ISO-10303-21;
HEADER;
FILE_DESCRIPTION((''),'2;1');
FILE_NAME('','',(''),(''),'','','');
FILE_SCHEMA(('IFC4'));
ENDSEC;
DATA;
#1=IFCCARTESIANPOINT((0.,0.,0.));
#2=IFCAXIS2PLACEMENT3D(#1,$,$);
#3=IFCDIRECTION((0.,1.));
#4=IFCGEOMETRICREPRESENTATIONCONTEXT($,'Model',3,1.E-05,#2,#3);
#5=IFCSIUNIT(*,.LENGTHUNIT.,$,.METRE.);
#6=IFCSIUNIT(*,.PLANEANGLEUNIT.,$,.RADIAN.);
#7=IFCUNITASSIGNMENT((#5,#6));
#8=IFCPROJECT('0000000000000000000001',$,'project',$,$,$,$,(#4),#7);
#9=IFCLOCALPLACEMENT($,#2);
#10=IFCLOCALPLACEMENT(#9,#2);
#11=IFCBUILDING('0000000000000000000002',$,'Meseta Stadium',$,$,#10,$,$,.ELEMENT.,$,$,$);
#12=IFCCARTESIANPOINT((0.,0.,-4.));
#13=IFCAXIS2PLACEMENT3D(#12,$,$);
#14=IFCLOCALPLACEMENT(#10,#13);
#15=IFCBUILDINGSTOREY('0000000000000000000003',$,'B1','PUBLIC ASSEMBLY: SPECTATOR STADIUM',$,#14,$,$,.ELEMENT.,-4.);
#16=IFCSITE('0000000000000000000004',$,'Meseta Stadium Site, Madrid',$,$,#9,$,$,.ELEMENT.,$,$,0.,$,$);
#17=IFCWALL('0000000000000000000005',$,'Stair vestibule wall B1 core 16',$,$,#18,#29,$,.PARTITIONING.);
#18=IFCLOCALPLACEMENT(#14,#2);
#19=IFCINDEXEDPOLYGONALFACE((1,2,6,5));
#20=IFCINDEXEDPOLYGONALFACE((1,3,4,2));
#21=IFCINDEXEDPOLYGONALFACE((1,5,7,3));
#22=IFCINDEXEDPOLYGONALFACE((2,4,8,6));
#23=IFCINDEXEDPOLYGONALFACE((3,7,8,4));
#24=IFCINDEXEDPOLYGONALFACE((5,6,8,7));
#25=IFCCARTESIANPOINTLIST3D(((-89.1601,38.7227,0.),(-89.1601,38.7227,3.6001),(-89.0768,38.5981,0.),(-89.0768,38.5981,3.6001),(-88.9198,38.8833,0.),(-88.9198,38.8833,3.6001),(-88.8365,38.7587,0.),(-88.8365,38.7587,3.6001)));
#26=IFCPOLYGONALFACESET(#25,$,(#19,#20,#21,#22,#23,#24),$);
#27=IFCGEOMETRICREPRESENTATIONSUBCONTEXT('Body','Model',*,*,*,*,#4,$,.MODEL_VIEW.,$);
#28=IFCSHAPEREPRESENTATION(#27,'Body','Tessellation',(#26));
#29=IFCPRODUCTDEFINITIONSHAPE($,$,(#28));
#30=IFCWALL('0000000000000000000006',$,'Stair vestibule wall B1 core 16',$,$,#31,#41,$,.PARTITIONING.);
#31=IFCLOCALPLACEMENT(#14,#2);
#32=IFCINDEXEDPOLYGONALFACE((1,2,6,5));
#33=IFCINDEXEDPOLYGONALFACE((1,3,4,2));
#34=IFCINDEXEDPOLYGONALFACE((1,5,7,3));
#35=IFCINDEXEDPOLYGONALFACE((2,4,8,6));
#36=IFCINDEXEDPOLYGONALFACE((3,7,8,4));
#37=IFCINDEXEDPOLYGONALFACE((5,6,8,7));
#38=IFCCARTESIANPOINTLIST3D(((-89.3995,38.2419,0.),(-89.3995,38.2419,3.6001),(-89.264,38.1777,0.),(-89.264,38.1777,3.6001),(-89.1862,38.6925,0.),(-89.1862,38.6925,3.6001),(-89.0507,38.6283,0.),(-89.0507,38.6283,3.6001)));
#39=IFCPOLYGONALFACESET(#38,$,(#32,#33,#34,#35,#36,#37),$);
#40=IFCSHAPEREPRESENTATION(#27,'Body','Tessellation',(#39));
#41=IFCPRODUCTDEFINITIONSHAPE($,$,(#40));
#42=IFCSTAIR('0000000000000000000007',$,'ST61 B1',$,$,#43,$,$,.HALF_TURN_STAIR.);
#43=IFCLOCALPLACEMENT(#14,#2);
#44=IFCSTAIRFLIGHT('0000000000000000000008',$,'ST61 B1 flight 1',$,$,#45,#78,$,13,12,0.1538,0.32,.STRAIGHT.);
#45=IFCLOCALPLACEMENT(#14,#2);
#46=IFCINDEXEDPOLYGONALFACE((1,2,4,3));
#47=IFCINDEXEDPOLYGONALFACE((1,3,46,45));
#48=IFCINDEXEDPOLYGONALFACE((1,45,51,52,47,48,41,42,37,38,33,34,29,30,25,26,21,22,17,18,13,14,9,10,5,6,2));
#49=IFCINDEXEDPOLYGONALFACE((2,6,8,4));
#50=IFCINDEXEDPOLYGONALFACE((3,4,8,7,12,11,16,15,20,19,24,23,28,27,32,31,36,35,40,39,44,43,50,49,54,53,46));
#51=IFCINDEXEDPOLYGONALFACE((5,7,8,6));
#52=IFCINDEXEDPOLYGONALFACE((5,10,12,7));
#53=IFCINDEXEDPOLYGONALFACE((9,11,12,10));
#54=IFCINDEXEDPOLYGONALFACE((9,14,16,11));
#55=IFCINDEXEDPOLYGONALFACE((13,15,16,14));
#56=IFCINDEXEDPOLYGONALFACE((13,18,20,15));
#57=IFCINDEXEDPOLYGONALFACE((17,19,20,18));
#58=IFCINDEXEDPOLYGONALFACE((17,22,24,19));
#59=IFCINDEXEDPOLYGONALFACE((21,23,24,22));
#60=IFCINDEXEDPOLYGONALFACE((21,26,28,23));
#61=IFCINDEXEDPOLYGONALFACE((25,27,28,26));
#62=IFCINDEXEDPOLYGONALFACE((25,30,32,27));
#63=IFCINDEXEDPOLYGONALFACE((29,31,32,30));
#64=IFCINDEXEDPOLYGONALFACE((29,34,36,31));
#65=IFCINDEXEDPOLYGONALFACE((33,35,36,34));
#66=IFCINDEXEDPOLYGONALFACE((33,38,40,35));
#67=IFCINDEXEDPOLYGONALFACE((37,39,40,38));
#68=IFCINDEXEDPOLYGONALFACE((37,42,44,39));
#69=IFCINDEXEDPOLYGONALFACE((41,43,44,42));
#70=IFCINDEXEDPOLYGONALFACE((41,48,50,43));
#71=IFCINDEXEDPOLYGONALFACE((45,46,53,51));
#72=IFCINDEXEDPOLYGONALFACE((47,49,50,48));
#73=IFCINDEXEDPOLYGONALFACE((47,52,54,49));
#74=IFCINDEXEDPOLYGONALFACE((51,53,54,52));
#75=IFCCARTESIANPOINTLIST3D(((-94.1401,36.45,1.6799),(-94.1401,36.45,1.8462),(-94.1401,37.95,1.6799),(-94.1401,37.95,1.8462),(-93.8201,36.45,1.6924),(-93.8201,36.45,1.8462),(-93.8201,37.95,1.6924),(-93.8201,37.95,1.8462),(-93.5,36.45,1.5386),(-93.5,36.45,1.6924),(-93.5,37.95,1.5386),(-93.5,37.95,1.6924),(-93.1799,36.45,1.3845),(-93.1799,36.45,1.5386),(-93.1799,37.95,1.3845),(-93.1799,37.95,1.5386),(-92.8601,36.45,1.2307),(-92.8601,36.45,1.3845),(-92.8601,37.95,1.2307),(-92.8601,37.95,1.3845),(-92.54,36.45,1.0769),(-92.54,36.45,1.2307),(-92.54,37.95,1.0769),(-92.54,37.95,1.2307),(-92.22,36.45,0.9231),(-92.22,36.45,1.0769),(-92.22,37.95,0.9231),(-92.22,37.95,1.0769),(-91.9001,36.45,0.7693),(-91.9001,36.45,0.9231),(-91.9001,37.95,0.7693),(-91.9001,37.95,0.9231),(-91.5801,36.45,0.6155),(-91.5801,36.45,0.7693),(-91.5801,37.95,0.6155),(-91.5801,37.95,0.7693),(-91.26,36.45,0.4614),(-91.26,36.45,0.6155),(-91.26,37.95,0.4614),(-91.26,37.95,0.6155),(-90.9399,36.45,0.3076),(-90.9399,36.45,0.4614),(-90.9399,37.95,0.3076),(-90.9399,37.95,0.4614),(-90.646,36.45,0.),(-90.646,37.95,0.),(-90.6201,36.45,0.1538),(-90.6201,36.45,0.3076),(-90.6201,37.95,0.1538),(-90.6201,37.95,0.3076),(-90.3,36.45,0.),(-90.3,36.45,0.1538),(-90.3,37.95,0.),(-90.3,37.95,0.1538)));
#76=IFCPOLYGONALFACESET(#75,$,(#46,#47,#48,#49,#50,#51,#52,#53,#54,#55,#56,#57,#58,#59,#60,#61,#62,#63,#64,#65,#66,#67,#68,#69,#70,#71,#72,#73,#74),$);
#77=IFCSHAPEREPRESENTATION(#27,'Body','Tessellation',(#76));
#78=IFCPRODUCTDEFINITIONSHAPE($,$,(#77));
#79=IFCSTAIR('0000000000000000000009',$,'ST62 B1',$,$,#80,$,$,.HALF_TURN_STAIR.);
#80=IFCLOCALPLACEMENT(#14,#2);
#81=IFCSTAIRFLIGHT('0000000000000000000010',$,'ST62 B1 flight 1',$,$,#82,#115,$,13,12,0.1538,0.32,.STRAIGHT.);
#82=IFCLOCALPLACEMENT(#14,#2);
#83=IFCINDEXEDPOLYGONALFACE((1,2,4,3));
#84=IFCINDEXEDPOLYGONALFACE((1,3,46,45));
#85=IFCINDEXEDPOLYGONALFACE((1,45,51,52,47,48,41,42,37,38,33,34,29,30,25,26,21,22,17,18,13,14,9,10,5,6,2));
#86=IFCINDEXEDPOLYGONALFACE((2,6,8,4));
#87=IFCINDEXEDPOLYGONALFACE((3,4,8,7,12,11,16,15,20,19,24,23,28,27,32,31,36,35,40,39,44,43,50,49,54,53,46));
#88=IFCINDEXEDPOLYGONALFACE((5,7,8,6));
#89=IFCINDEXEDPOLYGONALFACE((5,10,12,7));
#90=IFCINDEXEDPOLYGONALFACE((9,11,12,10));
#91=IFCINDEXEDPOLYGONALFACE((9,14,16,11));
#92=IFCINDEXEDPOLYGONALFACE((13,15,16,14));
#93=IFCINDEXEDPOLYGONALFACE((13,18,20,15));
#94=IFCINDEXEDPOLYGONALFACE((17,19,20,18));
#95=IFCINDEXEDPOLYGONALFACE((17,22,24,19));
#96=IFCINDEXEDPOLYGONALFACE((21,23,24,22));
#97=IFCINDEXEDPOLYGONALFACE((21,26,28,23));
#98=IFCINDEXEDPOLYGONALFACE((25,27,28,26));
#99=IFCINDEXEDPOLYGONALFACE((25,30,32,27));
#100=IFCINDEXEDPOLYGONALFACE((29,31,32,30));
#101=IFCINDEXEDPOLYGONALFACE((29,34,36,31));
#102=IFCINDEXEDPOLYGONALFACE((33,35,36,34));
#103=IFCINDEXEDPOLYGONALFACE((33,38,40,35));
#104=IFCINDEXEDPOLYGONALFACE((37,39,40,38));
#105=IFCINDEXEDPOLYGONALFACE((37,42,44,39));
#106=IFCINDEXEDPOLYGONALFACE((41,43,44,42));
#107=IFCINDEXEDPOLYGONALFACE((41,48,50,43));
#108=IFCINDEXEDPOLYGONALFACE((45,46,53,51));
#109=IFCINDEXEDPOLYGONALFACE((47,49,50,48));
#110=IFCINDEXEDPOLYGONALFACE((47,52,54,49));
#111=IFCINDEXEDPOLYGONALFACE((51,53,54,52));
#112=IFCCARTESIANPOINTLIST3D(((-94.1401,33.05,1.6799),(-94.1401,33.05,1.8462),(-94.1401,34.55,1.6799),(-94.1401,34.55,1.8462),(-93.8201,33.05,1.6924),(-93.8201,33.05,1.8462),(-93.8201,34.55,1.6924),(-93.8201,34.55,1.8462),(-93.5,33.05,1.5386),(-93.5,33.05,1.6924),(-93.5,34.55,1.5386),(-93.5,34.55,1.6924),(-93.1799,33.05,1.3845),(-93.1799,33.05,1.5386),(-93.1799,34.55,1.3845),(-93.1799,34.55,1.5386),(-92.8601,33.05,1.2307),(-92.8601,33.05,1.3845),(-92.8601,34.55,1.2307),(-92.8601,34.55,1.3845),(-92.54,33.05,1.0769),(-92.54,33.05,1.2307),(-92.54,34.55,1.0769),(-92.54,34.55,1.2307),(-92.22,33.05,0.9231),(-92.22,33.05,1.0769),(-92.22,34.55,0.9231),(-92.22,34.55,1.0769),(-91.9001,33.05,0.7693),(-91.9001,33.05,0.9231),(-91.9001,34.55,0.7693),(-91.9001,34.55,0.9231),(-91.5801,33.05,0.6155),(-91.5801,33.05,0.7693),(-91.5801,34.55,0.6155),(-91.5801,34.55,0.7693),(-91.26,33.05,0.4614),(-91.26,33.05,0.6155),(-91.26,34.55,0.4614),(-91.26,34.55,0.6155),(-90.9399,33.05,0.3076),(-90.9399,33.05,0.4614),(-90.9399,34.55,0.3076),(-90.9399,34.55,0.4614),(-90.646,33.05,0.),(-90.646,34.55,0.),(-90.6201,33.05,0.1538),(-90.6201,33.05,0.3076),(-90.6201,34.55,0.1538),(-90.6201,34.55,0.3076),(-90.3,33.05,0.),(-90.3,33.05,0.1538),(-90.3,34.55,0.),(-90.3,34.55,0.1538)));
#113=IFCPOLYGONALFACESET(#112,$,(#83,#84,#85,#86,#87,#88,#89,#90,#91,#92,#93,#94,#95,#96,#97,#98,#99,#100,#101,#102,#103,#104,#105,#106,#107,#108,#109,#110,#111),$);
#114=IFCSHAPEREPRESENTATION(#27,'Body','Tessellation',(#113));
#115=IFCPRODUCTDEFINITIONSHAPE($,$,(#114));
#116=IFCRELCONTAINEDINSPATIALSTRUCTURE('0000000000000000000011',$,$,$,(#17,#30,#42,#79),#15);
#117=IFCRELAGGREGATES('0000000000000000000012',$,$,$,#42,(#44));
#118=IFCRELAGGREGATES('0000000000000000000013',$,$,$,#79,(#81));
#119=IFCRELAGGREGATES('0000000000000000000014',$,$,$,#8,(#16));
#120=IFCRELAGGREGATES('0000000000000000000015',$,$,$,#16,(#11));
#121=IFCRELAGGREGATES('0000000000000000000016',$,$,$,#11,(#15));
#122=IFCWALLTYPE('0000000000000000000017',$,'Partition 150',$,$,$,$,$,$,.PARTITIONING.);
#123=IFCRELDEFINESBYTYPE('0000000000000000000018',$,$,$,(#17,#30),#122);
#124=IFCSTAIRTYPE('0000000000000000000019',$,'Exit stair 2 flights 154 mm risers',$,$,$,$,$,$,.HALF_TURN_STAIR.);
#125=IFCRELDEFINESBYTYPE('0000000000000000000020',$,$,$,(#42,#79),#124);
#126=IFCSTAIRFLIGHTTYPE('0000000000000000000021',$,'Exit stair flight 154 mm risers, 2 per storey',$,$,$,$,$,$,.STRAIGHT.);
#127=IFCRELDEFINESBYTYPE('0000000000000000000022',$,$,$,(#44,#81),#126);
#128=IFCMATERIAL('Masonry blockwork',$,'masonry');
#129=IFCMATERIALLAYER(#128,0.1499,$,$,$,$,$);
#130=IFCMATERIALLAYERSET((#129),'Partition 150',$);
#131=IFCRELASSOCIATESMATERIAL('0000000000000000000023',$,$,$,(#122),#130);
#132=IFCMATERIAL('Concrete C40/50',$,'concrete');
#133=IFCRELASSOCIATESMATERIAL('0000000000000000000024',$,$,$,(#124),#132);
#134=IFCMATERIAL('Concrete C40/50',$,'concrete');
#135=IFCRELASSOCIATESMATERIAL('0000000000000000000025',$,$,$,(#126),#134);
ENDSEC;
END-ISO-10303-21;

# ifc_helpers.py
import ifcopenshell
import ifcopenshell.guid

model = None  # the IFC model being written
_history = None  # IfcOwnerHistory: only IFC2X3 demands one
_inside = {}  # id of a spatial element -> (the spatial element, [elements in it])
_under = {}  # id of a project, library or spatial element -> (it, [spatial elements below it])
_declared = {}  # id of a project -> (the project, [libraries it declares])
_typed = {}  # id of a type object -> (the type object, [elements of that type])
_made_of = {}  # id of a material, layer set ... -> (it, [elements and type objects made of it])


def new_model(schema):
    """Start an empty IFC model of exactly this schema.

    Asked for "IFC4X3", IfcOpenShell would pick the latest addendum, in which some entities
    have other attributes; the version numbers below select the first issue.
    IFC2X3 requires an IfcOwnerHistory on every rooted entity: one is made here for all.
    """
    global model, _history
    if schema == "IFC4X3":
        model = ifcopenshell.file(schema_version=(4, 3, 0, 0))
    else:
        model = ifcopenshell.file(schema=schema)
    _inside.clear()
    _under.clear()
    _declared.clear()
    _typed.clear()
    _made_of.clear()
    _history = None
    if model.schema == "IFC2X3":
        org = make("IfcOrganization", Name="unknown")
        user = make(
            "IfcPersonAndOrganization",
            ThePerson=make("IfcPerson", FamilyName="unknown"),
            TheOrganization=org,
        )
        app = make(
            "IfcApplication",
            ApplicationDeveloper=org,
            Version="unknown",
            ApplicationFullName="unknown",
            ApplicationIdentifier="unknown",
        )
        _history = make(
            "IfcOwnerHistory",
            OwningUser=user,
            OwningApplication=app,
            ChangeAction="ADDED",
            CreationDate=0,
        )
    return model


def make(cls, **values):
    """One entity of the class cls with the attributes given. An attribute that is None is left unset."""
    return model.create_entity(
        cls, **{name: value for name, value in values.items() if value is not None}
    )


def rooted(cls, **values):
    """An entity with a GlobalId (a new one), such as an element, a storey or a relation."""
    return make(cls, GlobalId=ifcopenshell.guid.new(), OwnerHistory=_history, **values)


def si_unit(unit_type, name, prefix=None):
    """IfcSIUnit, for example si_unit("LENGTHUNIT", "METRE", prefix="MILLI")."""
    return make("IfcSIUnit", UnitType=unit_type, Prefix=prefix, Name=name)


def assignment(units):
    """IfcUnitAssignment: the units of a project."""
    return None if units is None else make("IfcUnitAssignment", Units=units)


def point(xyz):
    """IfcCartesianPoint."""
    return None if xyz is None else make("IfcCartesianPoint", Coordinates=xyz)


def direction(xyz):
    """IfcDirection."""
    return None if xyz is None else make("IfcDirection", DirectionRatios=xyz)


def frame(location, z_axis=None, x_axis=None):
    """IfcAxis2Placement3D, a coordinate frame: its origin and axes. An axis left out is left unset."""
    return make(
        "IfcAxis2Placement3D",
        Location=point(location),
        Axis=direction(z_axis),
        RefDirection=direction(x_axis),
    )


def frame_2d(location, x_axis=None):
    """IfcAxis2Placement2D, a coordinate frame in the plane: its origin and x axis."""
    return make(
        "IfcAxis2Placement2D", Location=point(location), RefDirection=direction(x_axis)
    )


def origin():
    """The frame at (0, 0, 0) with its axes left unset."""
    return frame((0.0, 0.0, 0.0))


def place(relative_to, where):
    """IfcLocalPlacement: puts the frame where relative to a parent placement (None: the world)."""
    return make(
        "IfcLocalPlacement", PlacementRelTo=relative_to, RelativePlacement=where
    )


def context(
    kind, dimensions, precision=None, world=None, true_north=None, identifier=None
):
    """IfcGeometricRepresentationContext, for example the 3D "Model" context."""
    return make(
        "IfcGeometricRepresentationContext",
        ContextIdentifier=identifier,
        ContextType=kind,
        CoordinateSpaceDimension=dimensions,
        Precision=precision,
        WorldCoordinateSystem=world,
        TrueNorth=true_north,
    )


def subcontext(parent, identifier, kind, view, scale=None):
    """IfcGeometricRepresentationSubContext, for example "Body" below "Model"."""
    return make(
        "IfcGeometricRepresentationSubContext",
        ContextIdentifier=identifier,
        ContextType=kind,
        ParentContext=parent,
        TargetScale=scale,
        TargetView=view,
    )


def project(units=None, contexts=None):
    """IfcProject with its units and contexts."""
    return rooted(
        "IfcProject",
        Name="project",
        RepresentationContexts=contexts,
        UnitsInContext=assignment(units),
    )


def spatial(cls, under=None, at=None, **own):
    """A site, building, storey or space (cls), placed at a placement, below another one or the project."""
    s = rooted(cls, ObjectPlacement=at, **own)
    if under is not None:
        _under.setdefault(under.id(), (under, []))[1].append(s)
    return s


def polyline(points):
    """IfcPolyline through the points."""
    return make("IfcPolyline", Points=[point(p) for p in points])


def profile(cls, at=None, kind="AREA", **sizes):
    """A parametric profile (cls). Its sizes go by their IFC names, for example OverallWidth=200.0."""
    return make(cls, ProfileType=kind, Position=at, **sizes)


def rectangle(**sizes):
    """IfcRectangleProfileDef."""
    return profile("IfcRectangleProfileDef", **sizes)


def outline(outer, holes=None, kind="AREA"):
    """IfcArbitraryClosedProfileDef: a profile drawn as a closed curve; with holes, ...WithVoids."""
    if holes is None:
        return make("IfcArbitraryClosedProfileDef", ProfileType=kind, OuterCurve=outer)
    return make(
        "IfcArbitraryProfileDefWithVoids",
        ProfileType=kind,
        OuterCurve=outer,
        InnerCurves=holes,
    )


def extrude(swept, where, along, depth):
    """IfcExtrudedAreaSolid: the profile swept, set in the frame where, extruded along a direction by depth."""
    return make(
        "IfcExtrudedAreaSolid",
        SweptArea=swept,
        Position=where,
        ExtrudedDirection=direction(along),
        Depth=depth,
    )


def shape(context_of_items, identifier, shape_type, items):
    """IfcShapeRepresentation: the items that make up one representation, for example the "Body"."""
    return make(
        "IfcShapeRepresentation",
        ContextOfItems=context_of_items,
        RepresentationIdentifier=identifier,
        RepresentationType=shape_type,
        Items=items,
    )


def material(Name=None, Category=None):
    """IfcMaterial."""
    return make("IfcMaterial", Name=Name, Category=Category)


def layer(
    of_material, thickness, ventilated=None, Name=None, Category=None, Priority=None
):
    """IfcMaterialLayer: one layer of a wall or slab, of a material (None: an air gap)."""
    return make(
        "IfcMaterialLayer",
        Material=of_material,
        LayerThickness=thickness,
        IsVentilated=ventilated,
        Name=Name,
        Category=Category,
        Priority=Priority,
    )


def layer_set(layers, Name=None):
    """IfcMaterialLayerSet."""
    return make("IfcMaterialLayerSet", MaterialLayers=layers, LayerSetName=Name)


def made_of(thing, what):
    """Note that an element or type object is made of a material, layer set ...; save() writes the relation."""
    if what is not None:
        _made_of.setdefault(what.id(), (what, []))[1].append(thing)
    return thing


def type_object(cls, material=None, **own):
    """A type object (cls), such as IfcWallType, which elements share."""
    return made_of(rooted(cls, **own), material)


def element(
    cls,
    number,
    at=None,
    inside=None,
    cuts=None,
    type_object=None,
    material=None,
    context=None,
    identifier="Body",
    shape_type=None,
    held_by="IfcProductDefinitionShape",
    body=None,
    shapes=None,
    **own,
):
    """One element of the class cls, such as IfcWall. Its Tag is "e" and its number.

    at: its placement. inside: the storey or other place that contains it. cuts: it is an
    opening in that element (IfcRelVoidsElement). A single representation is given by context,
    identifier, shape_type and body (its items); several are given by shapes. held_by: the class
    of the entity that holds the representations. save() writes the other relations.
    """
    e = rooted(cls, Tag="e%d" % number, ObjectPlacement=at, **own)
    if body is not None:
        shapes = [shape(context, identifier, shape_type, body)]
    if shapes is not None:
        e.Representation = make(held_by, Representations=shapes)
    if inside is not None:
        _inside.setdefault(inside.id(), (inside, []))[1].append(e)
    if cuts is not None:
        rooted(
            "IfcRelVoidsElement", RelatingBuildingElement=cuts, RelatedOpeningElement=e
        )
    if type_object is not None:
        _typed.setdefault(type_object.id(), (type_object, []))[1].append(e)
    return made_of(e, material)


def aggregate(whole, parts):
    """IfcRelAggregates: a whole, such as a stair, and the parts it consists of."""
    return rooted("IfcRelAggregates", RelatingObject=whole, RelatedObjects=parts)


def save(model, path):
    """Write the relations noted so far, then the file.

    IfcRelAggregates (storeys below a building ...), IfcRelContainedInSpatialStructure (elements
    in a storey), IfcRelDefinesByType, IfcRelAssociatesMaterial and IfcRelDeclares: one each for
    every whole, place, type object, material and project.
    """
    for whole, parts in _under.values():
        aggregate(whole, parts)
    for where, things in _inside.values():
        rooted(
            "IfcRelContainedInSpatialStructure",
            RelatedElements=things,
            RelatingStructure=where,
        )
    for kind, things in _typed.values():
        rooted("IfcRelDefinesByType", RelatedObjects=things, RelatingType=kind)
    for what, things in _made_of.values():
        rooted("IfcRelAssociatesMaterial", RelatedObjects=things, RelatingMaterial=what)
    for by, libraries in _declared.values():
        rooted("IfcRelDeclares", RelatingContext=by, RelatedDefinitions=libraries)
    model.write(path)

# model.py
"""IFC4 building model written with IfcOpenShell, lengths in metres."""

from ifc_helpers import new_model, si_unit, direction, frame, frame_2d, origin, place, context, subcontext, project, spatial, polyline, rectangle, outline, extrude, material, layer, layer_set, type_object, element, aggregate, save


model = new_model("IFC4")

# Units and contexts
model_context = context("Model", 3, precision=1e-05, world=origin(), true_north=direction((0.0, 1.0)))
body_context = subcontext(model_context, "Body", "Model", "MODEL_VIEW")
ifc_project = project(units=[si_unit("LENGTHUNIT", "METRE"), si_unit("PLANEANGLEUNIT", "RADIAN")], contexts=[model_context])

# Site, building, storey
site_placement = place(None, origin())
site = spatial("IfcSite", under=ifc_project, at=site_placement, Name="Meseta Stadium Site, Madrid", CompositionType="ELEMENT", RefElevation=0.0)
building_placement = place(site_placement, origin())
building = spatial("IfcBuilding", under=site, at=building_placement, Name="Meseta Stadium", CompositionType="ELEMENT")
storey_placement = place(building_placement, frame((0.0, 0.0, -4.0)))
storey = spatial("IfcBuildingStorey", under=building, at=storey_placement, Name="B1", Description="PUBLIC ASSEMBLY: SPECTATOR STADIUM", CompositionType="ELEMENT", Elevation=-4.0)

# Walls
ifc_material_1 = material(Name="Masonry blockwork", Category="masonry")
ifc_layer_1 = layer(ifc_material_1, 0.1499)
ifc_layer_set_1 = layer_set([ifc_layer_1], Name="Partition 150")
wall_type_1 = type_object("IfcWallType", Name="Partition 150", PredefinedType="PARTITIONING", material=ifc_layer_set_1)
wall_1_placement = place(storey_placement, frame((-88.8782, 38.821, 0.0), z_axis=(0.0, 0.0, 1.0), x_axis=(-0.83127, -0.555869, 0.0)))
element("IfcWall", 1, at=wall_1_placement, inside=storey, type_object=wall_type_1, Name="Stair vestibule wall B1 core 16", PredefinedType="PARTITIONING", context=body_context, shape_type="SweptSolid", body=[
    extrude(rectangle(XDim=0.2891, YDim=0.1499, at=frame_2d((0.1445, 0.0))), origin(), (0.0, 0.0, 1.0), 3.6001),
])
wall_2_placement = place(storey_placement, frame((-89.1184, 38.6604, 0.0), z_axis=(0.0, 0.0, 1.0), x_axis=(-0.427918, -0.903818, 0.0)))
element("IfcWall", 2, at=wall_2_placement, inside=storey, type_object=wall_type_1, Name="Stair vestibule wall B1 core 16", PredefinedType="PARTITIONING", context=body_context, shape_type="SweptSolid", body=[
    extrude(rectangle(XDim=0.4985, YDim=0.1499, at=frame_2d((0.2493, 0.0))), origin(), (0.0, 0.0, 1.0), 3.6001),
])

# Stairs, stair flights
ifc_material_2 = material(Name="Concrete C40/50", Category="concrete")
stair_type = type_object("IfcStairType", Name="Exit stair 2 flights 154 mm risers", PredefinedType="HALF_TURN_STAIR", material=ifc_material_2)
stair_1_placement = place(storey_placement, origin())
stair_1 = element("IfcStair", 3, at=stair_1_placement, inside=storey, type_object=stair_type, Name="ST61 B1", PredefinedType="HALF_TURN_STAIR")
ifc_material_3 = material(Name="Concrete C40/50", Category="concrete")
stair_flight_type = type_object("IfcStairFlightType", Name="Exit stair flight 154 mm risers, 2 per storey", PredefinedType="STRAIGHT", material=ifc_material_3)
stair_flight_1_placement = place(storey_placement, frame((-90.3, 37.2, 0.0), z_axis=(0.0, 0.0, 1.0), x_axis=(-1.0, 0.0, 0.0)))
stair_flight_1 = element("IfcStairFlight", 4, at=stair_flight_1_placement, type_object=stair_flight_type, Name="ST61 B1 flight 1", NumberOfRisers=13, NumberOfTreads=12, PredefinedType="STRAIGHT", RiserHeight=0.1538, TreadLength=0.32, context=body_context, shape_type="SweptSolid", body=[
    extrude(outline(polyline([(0.0, 0.0), (0.0, 0.1538), (0.3201, 0.1538), (0.3201, 0.3076), (0.6399, 0.3076), (0.6399, 0.4614), (0.96, 0.4614), (0.96, 0.6155), (1.28, 0.6155), (1.28, 0.7693), (1.6001, 0.7693), (1.6001, 0.9231), (1.9199, 0.9231), (1.9199, 1.0769), (2.24, 1.0769), (2.24, 1.2307), (2.5601, 1.2307), (2.5601, 1.3845), (2.8799, 1.3845), (2.8799, 1.5386), (3.2, 1.5386), (3.2, 1.6924), (3.52, 1.6924), (3.52, 1.8462), (3.8401, 1.8462), (3.8401, 1.6799), (0.3459, 0.0), (0.0, 0.0)])), frame((0.0, 0.75, 0.0), z_axis=(0.0, -1.0, 0.0), x_axis=(1.0, 0.0, 0.0)), (0.0, 0.0, 1.0), 1.5),
])
aggregate(stair_1, [stair_flight_1])
stair_2_placement = place(storey_placement, origin())
stair_2 = element("IfcStair", 5, at=stair_2_placement, inside=storey, type_object=stair_type, Name="ST62 B1", PredefinedType="HALF_TURN_STAIR")
stair_flight_2_placement = place(storey_placement, frame((-90.3, 33.8, 0.0), z_axis=(0.0, 0.0, 1.0), x_axis=(-1.0, 0.0, 0.0)))
stair_flight_2 = element("IfcStairFlight", 6, at=stair_flight_2_placement, type_object=stair_flight_type, Name="ST62 B1 flight 1", NumberOfRisers=13, NumberOfTreads=12, PredefinedType="STRAIGHT", RiserHeight=0.1538, TreadLength=0.32, context=body_context, shape_type="SweptSolid", body=[
    extrude(outline(polyline([(0.0, 0.0), (0.0, 0.1538), (0.3201, 0.1538), (0.3201, 0.3076), (0.6399, 0.3076), (0.6399, 0.4614), (0.96, 0.4614), (0.96, 0.6155), (1.28, 0.6155), (1.28, 0.7693), (1.6001, 0.7693), (1.6001, 0.9231), (1.9199, 0.9231), (1.9199, 1.0769), (2.24, 1.0769), (2.24, 1.2307), (2.5601, 1.2307), (2.5601, 1.3845), (2.8799, 1.3845), (2.8799, 1.5386), (3.2, 1.5386), (3.2, 1.6924), (3.52, 1.6924), (3.52, 1.8462), (3.8401, 1.8462), (3.8401, 1.6799), (0.3459, 0.0), (0.0, 0.0)])), frame((0.0, 0.75, 0.0), z_axis=(0.0, -1.0, 0.0), x_axis=(1.0, 0.0, 0.0)), (0.0, 0.0, 1.0), 1.5),
])
aggregate(stair_2, [stair_flight_2])

save(model, "model.ifc")
